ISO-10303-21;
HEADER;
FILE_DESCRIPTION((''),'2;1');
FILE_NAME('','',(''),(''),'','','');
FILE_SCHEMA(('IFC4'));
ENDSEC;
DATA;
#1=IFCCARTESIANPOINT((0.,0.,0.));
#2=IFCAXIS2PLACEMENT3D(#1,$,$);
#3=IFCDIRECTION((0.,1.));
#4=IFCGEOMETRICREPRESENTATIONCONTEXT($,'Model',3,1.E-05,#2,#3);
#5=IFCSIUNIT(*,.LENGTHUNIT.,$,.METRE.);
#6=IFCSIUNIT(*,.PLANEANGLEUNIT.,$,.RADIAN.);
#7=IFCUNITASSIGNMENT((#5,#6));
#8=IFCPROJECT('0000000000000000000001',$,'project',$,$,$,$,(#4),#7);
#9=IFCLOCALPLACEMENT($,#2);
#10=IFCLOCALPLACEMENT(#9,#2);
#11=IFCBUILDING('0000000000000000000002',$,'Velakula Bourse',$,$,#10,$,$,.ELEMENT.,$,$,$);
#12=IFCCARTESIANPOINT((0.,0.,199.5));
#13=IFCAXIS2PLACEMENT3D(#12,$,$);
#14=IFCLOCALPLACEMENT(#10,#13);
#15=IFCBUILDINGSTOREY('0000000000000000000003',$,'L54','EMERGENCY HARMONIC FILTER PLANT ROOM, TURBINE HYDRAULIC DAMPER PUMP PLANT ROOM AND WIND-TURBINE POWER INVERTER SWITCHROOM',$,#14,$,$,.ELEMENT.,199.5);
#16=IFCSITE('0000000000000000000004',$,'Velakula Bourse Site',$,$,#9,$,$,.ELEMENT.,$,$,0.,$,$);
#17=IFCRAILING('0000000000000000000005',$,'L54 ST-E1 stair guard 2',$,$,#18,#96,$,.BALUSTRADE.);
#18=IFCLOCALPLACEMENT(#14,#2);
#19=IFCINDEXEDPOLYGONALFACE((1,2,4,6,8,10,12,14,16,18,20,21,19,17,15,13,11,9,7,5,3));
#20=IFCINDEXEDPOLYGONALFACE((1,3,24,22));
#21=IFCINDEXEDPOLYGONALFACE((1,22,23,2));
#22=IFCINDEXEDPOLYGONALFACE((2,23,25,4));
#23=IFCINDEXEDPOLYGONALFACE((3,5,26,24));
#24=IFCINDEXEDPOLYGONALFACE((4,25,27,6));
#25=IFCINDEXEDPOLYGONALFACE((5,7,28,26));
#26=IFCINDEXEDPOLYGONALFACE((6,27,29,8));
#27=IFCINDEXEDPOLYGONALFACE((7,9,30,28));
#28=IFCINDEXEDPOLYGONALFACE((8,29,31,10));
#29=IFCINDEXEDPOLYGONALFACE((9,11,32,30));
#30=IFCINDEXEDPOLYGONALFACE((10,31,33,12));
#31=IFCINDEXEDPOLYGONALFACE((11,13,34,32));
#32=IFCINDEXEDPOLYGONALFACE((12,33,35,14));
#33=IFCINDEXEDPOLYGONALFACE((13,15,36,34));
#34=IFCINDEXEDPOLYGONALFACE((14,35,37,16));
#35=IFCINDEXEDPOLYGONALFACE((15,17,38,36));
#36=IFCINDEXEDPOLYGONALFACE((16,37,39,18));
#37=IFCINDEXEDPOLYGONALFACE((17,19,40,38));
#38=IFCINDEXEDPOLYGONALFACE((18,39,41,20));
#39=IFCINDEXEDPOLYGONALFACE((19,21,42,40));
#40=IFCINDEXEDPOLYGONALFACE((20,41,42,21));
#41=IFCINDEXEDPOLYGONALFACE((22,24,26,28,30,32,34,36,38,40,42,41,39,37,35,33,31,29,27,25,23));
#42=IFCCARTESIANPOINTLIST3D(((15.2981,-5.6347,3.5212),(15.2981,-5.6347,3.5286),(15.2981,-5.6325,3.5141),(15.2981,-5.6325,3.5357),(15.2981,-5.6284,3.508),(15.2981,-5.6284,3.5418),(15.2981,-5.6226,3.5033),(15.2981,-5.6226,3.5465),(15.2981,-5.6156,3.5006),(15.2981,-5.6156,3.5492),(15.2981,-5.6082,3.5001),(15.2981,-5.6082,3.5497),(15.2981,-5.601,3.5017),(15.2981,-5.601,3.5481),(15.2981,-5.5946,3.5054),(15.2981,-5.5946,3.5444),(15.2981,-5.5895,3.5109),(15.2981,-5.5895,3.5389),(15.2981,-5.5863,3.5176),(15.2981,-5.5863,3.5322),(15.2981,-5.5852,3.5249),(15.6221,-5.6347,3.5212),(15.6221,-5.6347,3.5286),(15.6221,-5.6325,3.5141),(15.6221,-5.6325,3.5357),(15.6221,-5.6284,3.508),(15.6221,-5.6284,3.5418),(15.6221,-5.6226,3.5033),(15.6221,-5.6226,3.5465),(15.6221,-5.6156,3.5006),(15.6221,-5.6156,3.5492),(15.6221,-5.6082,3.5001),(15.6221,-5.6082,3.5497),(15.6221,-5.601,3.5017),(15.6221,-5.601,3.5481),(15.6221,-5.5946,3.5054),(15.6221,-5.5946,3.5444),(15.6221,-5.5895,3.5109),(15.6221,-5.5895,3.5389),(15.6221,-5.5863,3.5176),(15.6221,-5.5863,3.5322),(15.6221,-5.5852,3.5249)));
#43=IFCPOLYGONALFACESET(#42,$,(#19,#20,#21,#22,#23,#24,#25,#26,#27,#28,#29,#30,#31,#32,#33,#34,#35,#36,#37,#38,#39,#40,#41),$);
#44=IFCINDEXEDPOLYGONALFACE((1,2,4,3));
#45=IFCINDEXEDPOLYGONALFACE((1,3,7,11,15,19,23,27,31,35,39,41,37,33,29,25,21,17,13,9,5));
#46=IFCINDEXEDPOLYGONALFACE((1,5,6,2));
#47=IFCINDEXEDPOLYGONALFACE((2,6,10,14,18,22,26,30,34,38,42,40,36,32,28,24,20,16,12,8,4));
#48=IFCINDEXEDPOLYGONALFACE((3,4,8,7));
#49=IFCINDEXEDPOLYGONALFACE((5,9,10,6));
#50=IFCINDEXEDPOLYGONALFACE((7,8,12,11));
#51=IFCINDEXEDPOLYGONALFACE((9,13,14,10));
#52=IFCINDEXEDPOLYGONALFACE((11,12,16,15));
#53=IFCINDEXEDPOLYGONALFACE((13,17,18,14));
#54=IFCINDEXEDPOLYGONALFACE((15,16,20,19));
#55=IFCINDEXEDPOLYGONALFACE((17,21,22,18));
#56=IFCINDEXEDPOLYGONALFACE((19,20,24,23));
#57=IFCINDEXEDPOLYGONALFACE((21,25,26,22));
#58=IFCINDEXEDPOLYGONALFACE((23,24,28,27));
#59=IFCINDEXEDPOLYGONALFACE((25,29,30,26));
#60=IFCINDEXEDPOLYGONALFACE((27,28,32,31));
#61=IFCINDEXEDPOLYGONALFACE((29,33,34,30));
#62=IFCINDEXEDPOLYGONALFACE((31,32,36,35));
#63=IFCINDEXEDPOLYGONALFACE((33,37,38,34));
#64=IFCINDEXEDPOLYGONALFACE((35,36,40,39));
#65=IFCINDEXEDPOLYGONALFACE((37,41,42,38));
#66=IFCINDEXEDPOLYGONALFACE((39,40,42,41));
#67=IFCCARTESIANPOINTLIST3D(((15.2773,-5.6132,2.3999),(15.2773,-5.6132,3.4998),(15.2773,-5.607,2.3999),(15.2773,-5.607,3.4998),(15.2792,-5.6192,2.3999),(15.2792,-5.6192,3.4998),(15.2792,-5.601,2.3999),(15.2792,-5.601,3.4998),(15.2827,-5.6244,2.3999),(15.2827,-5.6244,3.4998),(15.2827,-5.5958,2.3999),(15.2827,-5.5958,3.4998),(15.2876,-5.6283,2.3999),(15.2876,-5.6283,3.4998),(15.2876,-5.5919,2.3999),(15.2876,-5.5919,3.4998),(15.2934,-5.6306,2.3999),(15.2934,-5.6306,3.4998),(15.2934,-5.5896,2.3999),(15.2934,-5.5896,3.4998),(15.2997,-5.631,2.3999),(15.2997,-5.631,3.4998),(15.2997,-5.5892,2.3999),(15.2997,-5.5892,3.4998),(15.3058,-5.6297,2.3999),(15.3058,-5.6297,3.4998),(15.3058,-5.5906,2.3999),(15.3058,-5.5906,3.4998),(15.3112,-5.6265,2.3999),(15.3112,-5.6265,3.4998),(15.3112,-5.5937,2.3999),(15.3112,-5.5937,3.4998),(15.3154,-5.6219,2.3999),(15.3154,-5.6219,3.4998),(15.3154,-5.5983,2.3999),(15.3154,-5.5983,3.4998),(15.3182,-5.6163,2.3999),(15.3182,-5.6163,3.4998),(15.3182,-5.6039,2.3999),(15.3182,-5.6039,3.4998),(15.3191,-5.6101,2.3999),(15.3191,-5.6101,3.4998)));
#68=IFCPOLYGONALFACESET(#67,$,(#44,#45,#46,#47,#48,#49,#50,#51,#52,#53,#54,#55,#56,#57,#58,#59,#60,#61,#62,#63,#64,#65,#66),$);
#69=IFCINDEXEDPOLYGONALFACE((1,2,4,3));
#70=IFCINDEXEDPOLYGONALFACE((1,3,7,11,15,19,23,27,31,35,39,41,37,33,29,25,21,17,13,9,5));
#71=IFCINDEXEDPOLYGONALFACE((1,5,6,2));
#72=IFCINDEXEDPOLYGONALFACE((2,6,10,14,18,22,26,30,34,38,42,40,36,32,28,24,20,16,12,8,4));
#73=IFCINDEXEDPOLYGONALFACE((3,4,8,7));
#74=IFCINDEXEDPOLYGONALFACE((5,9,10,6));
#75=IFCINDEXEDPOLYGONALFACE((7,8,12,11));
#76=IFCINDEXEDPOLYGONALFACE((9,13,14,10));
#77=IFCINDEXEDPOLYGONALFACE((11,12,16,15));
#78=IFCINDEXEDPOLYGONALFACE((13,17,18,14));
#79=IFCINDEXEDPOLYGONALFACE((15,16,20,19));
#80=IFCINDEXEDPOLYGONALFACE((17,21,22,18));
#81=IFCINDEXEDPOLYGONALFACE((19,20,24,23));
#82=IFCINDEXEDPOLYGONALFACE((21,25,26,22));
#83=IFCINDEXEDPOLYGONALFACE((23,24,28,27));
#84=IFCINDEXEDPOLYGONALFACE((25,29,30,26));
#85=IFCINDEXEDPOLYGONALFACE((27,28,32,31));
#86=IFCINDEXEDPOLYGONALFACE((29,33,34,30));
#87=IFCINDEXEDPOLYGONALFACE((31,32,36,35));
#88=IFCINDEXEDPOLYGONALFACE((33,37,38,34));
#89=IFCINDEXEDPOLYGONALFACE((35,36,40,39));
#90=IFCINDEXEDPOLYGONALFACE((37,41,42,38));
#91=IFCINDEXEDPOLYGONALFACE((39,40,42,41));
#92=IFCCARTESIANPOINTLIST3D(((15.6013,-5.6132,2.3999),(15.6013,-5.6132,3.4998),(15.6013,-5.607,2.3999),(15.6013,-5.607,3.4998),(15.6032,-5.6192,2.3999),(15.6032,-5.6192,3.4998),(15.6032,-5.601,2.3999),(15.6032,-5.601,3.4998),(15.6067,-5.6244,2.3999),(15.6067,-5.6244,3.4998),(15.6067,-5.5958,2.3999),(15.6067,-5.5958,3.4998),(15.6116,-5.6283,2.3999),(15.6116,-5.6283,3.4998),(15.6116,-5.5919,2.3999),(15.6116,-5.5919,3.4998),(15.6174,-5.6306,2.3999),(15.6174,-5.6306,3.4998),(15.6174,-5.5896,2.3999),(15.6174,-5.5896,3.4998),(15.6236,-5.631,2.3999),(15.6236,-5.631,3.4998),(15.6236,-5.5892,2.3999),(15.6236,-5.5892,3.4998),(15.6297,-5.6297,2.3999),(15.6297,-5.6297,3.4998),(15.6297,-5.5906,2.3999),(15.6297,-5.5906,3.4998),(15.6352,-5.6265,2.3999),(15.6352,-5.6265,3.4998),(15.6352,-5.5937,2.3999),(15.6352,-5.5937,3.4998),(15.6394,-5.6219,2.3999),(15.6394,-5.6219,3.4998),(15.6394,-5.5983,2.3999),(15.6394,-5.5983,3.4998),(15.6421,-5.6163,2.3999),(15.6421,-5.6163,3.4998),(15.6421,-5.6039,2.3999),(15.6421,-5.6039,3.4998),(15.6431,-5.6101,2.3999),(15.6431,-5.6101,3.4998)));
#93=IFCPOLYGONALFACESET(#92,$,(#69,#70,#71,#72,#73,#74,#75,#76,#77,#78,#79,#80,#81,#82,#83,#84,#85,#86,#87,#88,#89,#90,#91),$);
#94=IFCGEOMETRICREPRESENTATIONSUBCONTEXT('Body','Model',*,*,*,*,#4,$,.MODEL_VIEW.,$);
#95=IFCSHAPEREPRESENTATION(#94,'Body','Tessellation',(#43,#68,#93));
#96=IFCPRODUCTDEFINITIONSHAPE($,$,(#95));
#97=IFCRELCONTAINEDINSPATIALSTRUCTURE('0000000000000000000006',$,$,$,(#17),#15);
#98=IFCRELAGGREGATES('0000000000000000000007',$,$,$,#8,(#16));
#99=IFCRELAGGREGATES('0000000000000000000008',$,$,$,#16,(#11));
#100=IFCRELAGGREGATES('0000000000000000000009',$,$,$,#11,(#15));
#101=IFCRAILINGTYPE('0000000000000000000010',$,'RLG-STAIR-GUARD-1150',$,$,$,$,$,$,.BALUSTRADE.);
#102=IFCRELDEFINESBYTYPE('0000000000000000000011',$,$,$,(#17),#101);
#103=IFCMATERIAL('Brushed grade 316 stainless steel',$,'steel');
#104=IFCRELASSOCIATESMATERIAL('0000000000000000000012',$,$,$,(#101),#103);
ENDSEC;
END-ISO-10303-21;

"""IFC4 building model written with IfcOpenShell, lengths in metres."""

from ifc_helpers import new_model, si_unit, direction, frame, origin, origin_2d, place, context, subcontext, project, spatial, circle, extrude, material, type_object, element, save


model = new_model("IFC4")

# Units and contexts
model_context = context("Model", 3, precision=1e-05, world=origin(), true_north=direction((0.0, 1.0)))
body_context = subcontext(model_context, "Body", "Model", "MODEL_VIEW")
ifc_project = project(units=[si_unit("LENGTHUNIT", "METRE"), si_unit("PLANEANGLEUNIT", "RADIAN")], contexts=[model_context])

# Site, building, storey
site_placement = place(None, origin())
site = spatial("IfcSite", under=ifc_project, at=site_placement, Name="Velakula Bourse Site", CompositionType="ELEMENT", RefElevation=0.0)
building_placement = place(site_placement, origin())
building = spatial("IfcBuilding", under=site, at=building_placement, Name="Velakula Bourse", CompositionType="ELEMENT")
storey_placement = place(building_placement, frame((0.0, 0.0, 199.5)))
storey = spatial("IfcBuildingStorey", under=building, at=storey_placement, Name="L54", Description="EMERGENCY HARMONIC FILTER PLANT ROOM, TURBINE HYDRAULIC DAMPER PUMP PLANT ROOM AND WIND-TURBINE POWER INVERTER SWITCHROOM", CompositionType="ELEMENT", Elevation=199.5)

# Shared definitions
ifc_material_1 = material(Name="Brushed grade 316 stainless steel", Category="steel")

# Railing
railing_type_1 = type_object("IfcRailingType", Name="RLG-STAIR-GUARD-1150", PredefinedType="BALUSTRADE", material=ifc_material_1)
railing_1_placement = place(storey_placement, frame((15.2981, -5.6101, 2.3999)))
element("IfcRailing", 1, at=railing_1_placement, inside=storey, type_object=railing_type_1, Name="L54 ST-E1 stair guard 2", PredefinedType="BALUSTRADE", context=body_context, shape_type="SweptSolid", body=[
    extrude(circle(Radius=0.0249, at=origin_2d()), frame((0.0, 0.0, 1.125), z_axis=(1.0, 0.0, 0.0), x_axis=(0.0, 1.0, 0.0)), (0.0, 0.0, 1.0), 0.324),
    extrude(circle(Radius=0.021, at=origin_2d()), origin(), (0.0, 0.0, 1.0), 1.0999),
    extrude(circle(Radius=0.021, at=origin_2d()), frame((0.324, 0.0, 0.0)), (0.0, 0.0, 1.0), 1.0999),
])

save(model, "model.ifc")
